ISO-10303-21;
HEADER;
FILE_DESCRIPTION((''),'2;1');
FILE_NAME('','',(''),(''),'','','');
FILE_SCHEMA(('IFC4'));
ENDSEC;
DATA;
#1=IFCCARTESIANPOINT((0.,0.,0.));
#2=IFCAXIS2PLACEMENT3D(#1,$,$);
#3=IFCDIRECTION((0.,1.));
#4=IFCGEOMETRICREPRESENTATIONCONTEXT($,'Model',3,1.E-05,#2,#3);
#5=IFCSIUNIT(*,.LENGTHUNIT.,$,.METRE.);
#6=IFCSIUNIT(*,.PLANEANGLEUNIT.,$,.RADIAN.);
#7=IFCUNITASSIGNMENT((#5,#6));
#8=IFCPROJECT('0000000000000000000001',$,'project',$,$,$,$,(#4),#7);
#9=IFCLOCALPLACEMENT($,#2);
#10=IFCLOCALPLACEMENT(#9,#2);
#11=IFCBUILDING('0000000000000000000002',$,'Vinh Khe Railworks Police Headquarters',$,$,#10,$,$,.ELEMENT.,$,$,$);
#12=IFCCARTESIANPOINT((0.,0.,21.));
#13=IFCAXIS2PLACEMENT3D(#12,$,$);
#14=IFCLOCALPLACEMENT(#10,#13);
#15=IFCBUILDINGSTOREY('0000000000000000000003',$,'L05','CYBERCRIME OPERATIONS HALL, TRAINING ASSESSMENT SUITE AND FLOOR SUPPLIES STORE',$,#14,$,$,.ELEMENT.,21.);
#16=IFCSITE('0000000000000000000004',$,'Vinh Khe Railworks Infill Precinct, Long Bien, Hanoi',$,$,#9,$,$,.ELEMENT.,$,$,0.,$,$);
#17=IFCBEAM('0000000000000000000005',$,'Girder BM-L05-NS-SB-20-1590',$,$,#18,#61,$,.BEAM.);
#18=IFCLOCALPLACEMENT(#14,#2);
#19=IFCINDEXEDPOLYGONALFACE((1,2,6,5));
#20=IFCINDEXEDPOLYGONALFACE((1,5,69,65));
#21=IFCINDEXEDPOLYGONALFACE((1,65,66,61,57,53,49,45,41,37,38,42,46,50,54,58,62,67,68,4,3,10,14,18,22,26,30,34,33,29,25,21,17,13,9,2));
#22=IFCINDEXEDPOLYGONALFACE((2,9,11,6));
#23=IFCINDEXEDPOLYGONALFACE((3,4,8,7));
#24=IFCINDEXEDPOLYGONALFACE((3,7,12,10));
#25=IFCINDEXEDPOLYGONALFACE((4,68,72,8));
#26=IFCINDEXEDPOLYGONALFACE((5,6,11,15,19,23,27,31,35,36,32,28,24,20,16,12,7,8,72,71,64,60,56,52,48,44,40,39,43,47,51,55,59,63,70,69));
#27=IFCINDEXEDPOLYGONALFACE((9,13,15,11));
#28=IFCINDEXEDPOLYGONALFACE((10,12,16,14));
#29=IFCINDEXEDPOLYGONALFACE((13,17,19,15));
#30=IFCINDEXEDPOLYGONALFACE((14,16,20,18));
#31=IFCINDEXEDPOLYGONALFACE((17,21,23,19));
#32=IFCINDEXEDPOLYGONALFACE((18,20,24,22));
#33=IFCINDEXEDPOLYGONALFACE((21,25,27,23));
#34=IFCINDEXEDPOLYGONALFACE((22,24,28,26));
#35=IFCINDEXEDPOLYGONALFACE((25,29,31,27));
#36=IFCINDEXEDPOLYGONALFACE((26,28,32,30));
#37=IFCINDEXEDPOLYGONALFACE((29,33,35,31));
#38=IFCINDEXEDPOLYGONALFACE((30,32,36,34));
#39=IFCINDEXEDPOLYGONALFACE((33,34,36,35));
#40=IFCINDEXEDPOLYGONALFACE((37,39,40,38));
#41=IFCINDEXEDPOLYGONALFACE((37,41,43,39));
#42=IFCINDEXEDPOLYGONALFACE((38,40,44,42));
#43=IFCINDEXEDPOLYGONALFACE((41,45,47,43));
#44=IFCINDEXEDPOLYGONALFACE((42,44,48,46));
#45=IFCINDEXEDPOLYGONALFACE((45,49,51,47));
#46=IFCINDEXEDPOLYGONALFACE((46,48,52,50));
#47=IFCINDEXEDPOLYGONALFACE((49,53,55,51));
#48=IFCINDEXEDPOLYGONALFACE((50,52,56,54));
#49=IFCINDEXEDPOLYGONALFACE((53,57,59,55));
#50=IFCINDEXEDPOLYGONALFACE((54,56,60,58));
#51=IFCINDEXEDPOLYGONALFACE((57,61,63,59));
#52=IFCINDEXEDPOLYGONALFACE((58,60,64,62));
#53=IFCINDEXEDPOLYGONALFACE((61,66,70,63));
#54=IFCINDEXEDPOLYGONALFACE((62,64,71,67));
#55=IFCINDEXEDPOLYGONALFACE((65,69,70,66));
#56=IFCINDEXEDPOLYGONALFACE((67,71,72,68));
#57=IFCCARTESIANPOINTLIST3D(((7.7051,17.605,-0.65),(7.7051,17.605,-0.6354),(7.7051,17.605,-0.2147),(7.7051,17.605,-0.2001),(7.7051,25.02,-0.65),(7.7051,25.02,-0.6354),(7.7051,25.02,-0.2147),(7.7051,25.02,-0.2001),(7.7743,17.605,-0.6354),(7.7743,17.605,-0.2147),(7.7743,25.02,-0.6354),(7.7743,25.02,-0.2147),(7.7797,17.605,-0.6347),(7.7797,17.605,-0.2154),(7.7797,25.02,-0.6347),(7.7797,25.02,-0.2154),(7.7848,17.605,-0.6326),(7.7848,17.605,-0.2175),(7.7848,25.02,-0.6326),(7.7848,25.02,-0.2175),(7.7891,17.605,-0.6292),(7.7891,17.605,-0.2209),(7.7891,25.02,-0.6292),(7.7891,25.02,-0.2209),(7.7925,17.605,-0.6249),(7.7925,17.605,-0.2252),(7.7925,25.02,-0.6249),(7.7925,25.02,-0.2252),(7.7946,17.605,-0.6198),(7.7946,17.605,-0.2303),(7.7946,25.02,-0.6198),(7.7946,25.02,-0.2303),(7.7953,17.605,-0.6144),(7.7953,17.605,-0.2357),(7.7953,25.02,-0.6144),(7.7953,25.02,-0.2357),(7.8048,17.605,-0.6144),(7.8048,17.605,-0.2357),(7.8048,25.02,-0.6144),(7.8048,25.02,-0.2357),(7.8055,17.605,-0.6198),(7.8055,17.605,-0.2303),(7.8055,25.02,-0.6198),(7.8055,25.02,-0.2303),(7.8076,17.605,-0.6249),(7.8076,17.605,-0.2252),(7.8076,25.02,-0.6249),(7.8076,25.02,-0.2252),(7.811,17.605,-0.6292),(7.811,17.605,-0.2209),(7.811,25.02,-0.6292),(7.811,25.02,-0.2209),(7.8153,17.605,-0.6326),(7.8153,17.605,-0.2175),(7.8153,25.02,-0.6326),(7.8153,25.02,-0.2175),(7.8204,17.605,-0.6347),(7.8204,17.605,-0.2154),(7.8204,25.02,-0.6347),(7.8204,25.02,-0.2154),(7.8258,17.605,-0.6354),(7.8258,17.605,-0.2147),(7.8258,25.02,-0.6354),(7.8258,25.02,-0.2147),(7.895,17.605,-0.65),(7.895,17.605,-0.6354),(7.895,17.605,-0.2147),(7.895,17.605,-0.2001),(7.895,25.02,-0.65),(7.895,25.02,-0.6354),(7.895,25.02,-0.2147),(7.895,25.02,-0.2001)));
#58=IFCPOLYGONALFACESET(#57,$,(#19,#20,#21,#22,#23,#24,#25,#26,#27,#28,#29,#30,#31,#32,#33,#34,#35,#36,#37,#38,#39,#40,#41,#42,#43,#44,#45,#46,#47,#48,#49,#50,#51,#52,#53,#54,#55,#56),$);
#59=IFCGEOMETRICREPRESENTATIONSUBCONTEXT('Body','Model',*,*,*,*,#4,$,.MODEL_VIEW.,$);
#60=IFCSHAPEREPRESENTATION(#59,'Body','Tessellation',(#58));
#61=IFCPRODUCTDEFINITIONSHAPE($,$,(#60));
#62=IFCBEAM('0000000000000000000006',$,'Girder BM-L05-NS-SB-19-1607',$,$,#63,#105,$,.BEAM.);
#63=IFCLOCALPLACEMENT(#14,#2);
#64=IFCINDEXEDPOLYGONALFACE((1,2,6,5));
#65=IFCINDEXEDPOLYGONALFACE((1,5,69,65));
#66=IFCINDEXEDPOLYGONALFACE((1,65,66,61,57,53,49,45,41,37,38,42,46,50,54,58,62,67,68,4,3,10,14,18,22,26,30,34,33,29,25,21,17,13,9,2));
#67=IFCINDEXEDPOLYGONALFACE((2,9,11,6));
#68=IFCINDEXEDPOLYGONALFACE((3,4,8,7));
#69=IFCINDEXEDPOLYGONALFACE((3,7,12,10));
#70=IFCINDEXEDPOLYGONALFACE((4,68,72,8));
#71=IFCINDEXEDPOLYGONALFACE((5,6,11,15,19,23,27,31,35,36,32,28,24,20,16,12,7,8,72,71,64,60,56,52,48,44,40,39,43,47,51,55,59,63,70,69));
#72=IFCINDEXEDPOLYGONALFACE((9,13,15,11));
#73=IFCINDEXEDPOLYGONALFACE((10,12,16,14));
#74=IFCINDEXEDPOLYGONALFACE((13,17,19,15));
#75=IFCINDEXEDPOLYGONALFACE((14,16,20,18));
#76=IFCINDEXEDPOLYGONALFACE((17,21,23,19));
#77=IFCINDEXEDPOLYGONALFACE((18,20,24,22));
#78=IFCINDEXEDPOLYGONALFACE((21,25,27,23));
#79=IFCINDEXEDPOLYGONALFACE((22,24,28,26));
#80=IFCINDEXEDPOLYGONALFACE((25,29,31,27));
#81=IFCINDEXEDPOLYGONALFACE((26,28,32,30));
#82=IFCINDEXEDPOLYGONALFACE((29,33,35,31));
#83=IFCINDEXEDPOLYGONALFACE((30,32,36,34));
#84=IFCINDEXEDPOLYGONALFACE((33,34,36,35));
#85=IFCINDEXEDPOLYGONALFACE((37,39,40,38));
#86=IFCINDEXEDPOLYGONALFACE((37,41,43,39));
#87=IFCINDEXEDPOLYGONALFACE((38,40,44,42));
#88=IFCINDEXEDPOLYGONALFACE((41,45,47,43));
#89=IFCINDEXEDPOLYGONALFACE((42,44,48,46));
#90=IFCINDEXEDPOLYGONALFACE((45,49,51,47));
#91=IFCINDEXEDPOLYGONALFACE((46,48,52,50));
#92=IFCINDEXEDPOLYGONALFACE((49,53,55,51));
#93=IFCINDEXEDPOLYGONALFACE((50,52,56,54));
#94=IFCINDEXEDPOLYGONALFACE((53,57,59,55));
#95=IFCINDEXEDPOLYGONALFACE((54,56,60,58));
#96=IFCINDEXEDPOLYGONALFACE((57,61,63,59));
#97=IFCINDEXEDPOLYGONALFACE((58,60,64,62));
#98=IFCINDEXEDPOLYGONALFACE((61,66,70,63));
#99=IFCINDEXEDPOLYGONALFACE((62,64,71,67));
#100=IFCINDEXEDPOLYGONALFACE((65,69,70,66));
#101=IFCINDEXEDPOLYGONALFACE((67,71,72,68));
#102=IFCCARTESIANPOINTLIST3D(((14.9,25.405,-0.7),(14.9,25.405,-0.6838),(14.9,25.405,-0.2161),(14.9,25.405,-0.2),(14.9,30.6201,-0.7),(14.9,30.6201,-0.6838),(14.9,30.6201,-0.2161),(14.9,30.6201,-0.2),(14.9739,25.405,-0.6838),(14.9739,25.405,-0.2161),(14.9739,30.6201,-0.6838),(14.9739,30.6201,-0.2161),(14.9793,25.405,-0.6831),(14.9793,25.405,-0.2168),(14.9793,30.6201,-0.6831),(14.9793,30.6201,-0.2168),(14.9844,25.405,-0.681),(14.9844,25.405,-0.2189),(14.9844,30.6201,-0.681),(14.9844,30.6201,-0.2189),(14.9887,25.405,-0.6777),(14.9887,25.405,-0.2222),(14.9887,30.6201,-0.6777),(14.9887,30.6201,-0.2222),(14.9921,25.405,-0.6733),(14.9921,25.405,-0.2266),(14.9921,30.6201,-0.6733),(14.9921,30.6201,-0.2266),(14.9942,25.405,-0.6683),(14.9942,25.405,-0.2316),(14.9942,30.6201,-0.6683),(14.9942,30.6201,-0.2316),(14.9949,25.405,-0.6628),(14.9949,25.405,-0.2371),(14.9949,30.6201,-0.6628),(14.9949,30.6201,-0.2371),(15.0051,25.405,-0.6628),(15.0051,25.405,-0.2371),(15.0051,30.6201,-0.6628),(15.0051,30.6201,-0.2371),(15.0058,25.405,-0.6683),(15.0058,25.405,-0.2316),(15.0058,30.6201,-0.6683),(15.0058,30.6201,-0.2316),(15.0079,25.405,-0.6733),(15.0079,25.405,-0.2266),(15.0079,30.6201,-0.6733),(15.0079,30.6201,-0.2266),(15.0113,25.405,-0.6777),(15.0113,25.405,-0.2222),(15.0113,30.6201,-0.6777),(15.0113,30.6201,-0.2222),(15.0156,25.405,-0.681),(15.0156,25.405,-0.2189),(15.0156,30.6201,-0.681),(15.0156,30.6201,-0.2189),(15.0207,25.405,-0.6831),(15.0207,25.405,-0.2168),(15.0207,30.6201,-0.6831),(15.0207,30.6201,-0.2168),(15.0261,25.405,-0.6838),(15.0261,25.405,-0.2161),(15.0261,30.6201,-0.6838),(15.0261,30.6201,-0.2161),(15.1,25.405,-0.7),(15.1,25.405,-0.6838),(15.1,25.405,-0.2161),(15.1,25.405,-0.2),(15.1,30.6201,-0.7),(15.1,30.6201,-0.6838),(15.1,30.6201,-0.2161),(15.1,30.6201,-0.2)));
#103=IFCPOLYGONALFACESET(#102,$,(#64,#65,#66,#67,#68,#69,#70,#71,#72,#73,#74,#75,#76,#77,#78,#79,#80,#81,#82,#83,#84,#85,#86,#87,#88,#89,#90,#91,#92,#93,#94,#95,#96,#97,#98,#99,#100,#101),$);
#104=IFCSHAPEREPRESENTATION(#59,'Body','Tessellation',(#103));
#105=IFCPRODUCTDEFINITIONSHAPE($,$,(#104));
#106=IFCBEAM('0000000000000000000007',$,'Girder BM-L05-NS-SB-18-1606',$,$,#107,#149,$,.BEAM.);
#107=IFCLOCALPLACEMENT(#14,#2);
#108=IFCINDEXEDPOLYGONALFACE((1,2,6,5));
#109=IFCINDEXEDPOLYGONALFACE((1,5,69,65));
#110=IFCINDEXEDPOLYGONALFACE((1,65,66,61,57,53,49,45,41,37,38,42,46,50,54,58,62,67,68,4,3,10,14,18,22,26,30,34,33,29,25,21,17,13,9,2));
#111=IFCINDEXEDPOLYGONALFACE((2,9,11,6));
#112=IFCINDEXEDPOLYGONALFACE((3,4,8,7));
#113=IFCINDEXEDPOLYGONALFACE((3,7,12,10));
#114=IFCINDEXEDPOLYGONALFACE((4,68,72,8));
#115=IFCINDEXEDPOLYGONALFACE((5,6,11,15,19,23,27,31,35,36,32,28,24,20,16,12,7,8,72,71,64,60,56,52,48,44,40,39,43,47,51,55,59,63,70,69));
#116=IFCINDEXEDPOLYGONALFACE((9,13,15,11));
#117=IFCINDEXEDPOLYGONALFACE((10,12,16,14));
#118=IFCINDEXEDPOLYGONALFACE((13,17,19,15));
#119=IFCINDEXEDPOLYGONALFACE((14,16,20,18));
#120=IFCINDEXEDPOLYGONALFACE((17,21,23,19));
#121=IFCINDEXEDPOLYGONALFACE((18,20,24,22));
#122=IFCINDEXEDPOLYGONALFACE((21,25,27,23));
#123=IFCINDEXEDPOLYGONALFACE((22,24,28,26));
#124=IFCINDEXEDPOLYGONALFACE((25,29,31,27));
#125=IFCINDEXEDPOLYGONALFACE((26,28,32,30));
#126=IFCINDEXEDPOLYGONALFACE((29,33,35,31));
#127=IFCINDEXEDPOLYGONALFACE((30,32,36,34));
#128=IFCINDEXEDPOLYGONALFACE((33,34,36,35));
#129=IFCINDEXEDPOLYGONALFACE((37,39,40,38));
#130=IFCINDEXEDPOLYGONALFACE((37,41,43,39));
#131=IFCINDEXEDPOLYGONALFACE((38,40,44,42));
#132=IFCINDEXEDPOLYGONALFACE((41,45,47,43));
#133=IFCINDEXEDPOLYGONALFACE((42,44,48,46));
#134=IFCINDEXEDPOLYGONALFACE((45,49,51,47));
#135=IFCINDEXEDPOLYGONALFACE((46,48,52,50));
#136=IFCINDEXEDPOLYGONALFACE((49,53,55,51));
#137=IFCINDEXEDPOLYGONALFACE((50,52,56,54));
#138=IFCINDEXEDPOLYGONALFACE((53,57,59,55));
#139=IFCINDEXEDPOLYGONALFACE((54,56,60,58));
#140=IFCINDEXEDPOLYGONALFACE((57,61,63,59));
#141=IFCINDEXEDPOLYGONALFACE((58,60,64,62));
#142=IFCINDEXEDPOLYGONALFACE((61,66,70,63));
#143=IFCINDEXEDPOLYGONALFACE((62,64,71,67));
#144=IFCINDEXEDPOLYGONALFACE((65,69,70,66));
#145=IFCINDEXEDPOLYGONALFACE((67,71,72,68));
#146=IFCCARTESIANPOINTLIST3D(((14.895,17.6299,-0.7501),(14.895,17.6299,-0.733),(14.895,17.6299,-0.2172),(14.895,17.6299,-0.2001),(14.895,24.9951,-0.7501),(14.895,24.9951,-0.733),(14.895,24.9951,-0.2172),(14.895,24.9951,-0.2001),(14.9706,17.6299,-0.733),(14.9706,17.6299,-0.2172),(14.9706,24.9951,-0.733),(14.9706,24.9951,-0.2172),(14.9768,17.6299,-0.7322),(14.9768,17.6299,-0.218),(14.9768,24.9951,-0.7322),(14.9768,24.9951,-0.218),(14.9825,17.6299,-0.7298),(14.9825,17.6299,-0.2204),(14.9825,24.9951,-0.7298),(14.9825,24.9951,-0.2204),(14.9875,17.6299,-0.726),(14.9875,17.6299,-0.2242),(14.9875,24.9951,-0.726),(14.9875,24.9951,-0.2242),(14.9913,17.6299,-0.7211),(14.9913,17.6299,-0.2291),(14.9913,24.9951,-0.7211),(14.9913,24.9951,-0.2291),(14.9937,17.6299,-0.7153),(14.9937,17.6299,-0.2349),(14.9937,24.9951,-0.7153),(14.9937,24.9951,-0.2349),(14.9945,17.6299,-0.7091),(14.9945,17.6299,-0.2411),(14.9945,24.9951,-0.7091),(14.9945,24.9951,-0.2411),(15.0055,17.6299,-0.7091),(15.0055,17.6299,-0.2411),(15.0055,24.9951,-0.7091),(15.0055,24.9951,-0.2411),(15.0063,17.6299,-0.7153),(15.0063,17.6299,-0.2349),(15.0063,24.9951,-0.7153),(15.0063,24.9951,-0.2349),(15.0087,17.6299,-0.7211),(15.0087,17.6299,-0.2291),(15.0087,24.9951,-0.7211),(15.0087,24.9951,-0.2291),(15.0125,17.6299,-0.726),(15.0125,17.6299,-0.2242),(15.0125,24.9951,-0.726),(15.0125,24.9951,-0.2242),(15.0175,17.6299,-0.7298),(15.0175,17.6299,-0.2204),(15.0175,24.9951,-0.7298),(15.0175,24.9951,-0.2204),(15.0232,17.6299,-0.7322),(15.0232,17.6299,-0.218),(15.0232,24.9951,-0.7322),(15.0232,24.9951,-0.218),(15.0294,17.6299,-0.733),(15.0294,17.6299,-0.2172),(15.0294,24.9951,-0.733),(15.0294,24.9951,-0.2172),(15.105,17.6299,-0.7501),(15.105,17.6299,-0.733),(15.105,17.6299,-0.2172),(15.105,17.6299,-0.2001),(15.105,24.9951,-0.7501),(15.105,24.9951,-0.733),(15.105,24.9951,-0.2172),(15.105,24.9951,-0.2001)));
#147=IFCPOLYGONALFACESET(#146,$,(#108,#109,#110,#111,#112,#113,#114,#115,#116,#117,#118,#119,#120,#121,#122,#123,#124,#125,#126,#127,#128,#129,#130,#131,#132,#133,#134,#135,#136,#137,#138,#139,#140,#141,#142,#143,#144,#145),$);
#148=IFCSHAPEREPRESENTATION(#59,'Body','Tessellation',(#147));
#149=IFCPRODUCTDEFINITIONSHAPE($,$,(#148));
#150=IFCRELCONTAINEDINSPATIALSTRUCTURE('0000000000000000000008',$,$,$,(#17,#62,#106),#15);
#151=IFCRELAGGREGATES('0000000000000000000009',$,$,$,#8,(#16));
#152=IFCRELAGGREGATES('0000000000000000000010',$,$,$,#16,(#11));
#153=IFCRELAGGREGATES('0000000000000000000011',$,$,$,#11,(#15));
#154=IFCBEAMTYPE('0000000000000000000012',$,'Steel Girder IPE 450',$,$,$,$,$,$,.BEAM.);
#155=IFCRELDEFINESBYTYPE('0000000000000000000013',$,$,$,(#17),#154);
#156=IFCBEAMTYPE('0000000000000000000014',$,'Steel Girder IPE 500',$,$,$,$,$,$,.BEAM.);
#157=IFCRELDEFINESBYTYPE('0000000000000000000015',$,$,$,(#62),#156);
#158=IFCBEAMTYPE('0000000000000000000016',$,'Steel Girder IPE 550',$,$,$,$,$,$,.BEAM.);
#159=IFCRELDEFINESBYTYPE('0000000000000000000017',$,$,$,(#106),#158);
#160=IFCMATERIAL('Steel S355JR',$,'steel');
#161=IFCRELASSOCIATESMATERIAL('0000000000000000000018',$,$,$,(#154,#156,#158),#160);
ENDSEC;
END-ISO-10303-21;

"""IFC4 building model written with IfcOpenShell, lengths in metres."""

from ifc_helpers import new_model, si_unit, direction, frame, origin, origin_2d, place, context, subcontext, project, spatial, i_section, extrude, material, material_profile, profile_set, type_object, element, save


model = new_model("IFC4")

# Units and contexts
model_context = context("Model", 3, precision=1e-05, world=origin(), true_north=direction((0.0, 1.0)))
body_context = subcontext(model_context, "Body", "Model", "MODEL_VIEW")
ifc_project = project(units=[si_unit("LENGTHUNIT", "METRE"), si_unit("PLANEANGLEUNIT", "RADIAN")], contexts=[model_context])

# Site, building, storey
site_placement = place(None, origin())
site = spatial("IfcSite", under=ifc_project, at=site_placement, Name="Vinh Khe Railworks Infill Precinct, Long Bien, Hanoi", CompositionType="ELEMENT", RefElevation=0.0)
building_placement = place(site_placement, origin())
building = spatial("IfcBuilding", under=site, at=building_placement, Name="Vinh Khe Railworks Police Headquarters", CompositionType="ELEMENT")
storey_placement = place(building_placement, frame((0.0, 0.0, 21.0)))
storey = spatial("IfcBuildingStorey", under=building, at=storey_placement, Name="L05", Description="CYBERCRIME OPERATIONS HALL, TRAINING ASSESSMENT SUITE AND FLOOR SUPPLIES STORE", CompositionType="ELEMENT", Elevation=21.0)

# Shared definitions
ifc_material_1 = material(Name="Steel S355JR", Category="steel")

# Beams
ifc_material_profile_1 = material_profile(ifc_material_1, i_section(OverallWidth=0.1899, OverallDepth=0.45, WebThickness=0.0095, FlangeThickness=0.0146, FilletRadius=0.021, at=origin_2d()), Name="IPE 450")
ifc_profile_set_1 = profile_set([ifc_material_profile_1], Name="Steel S355JR")
beam_type_1 = type_object("IfcBeamType", Name="Steel Girder IPE 450", PredefinedType="BEAM", material=ifc_profile_set_1)
beam_1_placement = place(storey_placement, frame((7.8, 17.605, -0.425), z_axis=(0.0, 1.0, 0.0), x_axis=(-1.0, 0.0, 0.0)))
element("IfcBeam", 1, at=beam_1_placement, inside=storey, type_object=beam_type_1, Name="Girder BM-L05-NS-SB-20-1590", PredefinedType="BEAM", context=body_context, shape_type="SweptSolid", body=[
    extrude(i_section(OverallWidth=0.1899, OverallDepth=0.45, WebThickness=0.0095, FlangeThickness=0.0146, FilletRadius=0.021, at=origin_2d()), origin(), (0.0, 0.0, 1.0), 7.415),
])
ifc_material_profile_2 = material_profile(ifc_material_1, i_section(OverallWidth=0.2, OverallDepth=0.5, WebThickness=0.0103, FlangeThickness=0.0161, FilletRadius=0.021, at=origin_2d()), Name="IPE 500")
ifc_profile_set_2 = profile_set([ifc_material_profile_2], Name="Steel S355JR")
beam_type_2 = type_object("IfcBeamType", Name="Steel Girder IPE 500", PredefinedType="BEAM", material=ifc_profile_set_2)
beam_2_placement = place(storey_placement, frame((15.0, 25.405, -0.45), z_axis=(0.0, 1.0, 0.0), x_axis=(-1.0, 0.0, 0.0)))
element("IfcBeam", 2, at=beam_2_placement, inside=storey, type_object=beam_type_2, Name="Girder BM-L05-NS-SB-19-1607", PredefinedType="BEAM", context=body_context, shape_type="SweptSolid", body=[
    extrude(i_section(OverallWidth=0.2, OverallDepth=0.5, WebThickness=0.0103, FlangeThickness=0.0161, FilletRadius=0.021, at=origin_2d()), origin(), (0.0, 0.0, 1.0), 5.2151),
])
ifc_material_profile_3 = material_profile(ifc_material_1, i_section(OverallWidth=0.21, OverallDepth=0.55, WebThickness=0.011, FlangeThickness=0.0171, FilletRadius=0.0239, at=origin_2d()), Name="IPE 550")
ifc_profile_set_3 = profile_set([ifc_material_profile_3], Name="Steel S355JR")
beam_type_3 = type_object("IfcBeamType", Name="Steel Girder IPE 550", PredefinedType="BEAM", material=ifc_profile_set_3)
beam_3_placement = place(storey_placement, frame((15.0, 17.6299, -0.4751), z_axis=(0.0, 1.0, 0.0), x_axis=(-1.0, 0.0, 0.0)))
element("IfcBeam", 3, at=beam_3_placement, inside=storey, type_object=beam_type_3, Name="Girder BM-L05-NS-SB-18-1606", PredefinedType="BEAM", context=body_context, shape_type="SweptSolid", body=[
    extrude(i_section(OverallWidth=0.21, OverallDepth=0.55, WebThickness=0.011, FlangeThickness=0.0171, FilletRadius=0.0239, at=origin_2d()), origin(), (0.0, 0.0, 1.0), 7.3652),
])

save(model, "model.ifc")
